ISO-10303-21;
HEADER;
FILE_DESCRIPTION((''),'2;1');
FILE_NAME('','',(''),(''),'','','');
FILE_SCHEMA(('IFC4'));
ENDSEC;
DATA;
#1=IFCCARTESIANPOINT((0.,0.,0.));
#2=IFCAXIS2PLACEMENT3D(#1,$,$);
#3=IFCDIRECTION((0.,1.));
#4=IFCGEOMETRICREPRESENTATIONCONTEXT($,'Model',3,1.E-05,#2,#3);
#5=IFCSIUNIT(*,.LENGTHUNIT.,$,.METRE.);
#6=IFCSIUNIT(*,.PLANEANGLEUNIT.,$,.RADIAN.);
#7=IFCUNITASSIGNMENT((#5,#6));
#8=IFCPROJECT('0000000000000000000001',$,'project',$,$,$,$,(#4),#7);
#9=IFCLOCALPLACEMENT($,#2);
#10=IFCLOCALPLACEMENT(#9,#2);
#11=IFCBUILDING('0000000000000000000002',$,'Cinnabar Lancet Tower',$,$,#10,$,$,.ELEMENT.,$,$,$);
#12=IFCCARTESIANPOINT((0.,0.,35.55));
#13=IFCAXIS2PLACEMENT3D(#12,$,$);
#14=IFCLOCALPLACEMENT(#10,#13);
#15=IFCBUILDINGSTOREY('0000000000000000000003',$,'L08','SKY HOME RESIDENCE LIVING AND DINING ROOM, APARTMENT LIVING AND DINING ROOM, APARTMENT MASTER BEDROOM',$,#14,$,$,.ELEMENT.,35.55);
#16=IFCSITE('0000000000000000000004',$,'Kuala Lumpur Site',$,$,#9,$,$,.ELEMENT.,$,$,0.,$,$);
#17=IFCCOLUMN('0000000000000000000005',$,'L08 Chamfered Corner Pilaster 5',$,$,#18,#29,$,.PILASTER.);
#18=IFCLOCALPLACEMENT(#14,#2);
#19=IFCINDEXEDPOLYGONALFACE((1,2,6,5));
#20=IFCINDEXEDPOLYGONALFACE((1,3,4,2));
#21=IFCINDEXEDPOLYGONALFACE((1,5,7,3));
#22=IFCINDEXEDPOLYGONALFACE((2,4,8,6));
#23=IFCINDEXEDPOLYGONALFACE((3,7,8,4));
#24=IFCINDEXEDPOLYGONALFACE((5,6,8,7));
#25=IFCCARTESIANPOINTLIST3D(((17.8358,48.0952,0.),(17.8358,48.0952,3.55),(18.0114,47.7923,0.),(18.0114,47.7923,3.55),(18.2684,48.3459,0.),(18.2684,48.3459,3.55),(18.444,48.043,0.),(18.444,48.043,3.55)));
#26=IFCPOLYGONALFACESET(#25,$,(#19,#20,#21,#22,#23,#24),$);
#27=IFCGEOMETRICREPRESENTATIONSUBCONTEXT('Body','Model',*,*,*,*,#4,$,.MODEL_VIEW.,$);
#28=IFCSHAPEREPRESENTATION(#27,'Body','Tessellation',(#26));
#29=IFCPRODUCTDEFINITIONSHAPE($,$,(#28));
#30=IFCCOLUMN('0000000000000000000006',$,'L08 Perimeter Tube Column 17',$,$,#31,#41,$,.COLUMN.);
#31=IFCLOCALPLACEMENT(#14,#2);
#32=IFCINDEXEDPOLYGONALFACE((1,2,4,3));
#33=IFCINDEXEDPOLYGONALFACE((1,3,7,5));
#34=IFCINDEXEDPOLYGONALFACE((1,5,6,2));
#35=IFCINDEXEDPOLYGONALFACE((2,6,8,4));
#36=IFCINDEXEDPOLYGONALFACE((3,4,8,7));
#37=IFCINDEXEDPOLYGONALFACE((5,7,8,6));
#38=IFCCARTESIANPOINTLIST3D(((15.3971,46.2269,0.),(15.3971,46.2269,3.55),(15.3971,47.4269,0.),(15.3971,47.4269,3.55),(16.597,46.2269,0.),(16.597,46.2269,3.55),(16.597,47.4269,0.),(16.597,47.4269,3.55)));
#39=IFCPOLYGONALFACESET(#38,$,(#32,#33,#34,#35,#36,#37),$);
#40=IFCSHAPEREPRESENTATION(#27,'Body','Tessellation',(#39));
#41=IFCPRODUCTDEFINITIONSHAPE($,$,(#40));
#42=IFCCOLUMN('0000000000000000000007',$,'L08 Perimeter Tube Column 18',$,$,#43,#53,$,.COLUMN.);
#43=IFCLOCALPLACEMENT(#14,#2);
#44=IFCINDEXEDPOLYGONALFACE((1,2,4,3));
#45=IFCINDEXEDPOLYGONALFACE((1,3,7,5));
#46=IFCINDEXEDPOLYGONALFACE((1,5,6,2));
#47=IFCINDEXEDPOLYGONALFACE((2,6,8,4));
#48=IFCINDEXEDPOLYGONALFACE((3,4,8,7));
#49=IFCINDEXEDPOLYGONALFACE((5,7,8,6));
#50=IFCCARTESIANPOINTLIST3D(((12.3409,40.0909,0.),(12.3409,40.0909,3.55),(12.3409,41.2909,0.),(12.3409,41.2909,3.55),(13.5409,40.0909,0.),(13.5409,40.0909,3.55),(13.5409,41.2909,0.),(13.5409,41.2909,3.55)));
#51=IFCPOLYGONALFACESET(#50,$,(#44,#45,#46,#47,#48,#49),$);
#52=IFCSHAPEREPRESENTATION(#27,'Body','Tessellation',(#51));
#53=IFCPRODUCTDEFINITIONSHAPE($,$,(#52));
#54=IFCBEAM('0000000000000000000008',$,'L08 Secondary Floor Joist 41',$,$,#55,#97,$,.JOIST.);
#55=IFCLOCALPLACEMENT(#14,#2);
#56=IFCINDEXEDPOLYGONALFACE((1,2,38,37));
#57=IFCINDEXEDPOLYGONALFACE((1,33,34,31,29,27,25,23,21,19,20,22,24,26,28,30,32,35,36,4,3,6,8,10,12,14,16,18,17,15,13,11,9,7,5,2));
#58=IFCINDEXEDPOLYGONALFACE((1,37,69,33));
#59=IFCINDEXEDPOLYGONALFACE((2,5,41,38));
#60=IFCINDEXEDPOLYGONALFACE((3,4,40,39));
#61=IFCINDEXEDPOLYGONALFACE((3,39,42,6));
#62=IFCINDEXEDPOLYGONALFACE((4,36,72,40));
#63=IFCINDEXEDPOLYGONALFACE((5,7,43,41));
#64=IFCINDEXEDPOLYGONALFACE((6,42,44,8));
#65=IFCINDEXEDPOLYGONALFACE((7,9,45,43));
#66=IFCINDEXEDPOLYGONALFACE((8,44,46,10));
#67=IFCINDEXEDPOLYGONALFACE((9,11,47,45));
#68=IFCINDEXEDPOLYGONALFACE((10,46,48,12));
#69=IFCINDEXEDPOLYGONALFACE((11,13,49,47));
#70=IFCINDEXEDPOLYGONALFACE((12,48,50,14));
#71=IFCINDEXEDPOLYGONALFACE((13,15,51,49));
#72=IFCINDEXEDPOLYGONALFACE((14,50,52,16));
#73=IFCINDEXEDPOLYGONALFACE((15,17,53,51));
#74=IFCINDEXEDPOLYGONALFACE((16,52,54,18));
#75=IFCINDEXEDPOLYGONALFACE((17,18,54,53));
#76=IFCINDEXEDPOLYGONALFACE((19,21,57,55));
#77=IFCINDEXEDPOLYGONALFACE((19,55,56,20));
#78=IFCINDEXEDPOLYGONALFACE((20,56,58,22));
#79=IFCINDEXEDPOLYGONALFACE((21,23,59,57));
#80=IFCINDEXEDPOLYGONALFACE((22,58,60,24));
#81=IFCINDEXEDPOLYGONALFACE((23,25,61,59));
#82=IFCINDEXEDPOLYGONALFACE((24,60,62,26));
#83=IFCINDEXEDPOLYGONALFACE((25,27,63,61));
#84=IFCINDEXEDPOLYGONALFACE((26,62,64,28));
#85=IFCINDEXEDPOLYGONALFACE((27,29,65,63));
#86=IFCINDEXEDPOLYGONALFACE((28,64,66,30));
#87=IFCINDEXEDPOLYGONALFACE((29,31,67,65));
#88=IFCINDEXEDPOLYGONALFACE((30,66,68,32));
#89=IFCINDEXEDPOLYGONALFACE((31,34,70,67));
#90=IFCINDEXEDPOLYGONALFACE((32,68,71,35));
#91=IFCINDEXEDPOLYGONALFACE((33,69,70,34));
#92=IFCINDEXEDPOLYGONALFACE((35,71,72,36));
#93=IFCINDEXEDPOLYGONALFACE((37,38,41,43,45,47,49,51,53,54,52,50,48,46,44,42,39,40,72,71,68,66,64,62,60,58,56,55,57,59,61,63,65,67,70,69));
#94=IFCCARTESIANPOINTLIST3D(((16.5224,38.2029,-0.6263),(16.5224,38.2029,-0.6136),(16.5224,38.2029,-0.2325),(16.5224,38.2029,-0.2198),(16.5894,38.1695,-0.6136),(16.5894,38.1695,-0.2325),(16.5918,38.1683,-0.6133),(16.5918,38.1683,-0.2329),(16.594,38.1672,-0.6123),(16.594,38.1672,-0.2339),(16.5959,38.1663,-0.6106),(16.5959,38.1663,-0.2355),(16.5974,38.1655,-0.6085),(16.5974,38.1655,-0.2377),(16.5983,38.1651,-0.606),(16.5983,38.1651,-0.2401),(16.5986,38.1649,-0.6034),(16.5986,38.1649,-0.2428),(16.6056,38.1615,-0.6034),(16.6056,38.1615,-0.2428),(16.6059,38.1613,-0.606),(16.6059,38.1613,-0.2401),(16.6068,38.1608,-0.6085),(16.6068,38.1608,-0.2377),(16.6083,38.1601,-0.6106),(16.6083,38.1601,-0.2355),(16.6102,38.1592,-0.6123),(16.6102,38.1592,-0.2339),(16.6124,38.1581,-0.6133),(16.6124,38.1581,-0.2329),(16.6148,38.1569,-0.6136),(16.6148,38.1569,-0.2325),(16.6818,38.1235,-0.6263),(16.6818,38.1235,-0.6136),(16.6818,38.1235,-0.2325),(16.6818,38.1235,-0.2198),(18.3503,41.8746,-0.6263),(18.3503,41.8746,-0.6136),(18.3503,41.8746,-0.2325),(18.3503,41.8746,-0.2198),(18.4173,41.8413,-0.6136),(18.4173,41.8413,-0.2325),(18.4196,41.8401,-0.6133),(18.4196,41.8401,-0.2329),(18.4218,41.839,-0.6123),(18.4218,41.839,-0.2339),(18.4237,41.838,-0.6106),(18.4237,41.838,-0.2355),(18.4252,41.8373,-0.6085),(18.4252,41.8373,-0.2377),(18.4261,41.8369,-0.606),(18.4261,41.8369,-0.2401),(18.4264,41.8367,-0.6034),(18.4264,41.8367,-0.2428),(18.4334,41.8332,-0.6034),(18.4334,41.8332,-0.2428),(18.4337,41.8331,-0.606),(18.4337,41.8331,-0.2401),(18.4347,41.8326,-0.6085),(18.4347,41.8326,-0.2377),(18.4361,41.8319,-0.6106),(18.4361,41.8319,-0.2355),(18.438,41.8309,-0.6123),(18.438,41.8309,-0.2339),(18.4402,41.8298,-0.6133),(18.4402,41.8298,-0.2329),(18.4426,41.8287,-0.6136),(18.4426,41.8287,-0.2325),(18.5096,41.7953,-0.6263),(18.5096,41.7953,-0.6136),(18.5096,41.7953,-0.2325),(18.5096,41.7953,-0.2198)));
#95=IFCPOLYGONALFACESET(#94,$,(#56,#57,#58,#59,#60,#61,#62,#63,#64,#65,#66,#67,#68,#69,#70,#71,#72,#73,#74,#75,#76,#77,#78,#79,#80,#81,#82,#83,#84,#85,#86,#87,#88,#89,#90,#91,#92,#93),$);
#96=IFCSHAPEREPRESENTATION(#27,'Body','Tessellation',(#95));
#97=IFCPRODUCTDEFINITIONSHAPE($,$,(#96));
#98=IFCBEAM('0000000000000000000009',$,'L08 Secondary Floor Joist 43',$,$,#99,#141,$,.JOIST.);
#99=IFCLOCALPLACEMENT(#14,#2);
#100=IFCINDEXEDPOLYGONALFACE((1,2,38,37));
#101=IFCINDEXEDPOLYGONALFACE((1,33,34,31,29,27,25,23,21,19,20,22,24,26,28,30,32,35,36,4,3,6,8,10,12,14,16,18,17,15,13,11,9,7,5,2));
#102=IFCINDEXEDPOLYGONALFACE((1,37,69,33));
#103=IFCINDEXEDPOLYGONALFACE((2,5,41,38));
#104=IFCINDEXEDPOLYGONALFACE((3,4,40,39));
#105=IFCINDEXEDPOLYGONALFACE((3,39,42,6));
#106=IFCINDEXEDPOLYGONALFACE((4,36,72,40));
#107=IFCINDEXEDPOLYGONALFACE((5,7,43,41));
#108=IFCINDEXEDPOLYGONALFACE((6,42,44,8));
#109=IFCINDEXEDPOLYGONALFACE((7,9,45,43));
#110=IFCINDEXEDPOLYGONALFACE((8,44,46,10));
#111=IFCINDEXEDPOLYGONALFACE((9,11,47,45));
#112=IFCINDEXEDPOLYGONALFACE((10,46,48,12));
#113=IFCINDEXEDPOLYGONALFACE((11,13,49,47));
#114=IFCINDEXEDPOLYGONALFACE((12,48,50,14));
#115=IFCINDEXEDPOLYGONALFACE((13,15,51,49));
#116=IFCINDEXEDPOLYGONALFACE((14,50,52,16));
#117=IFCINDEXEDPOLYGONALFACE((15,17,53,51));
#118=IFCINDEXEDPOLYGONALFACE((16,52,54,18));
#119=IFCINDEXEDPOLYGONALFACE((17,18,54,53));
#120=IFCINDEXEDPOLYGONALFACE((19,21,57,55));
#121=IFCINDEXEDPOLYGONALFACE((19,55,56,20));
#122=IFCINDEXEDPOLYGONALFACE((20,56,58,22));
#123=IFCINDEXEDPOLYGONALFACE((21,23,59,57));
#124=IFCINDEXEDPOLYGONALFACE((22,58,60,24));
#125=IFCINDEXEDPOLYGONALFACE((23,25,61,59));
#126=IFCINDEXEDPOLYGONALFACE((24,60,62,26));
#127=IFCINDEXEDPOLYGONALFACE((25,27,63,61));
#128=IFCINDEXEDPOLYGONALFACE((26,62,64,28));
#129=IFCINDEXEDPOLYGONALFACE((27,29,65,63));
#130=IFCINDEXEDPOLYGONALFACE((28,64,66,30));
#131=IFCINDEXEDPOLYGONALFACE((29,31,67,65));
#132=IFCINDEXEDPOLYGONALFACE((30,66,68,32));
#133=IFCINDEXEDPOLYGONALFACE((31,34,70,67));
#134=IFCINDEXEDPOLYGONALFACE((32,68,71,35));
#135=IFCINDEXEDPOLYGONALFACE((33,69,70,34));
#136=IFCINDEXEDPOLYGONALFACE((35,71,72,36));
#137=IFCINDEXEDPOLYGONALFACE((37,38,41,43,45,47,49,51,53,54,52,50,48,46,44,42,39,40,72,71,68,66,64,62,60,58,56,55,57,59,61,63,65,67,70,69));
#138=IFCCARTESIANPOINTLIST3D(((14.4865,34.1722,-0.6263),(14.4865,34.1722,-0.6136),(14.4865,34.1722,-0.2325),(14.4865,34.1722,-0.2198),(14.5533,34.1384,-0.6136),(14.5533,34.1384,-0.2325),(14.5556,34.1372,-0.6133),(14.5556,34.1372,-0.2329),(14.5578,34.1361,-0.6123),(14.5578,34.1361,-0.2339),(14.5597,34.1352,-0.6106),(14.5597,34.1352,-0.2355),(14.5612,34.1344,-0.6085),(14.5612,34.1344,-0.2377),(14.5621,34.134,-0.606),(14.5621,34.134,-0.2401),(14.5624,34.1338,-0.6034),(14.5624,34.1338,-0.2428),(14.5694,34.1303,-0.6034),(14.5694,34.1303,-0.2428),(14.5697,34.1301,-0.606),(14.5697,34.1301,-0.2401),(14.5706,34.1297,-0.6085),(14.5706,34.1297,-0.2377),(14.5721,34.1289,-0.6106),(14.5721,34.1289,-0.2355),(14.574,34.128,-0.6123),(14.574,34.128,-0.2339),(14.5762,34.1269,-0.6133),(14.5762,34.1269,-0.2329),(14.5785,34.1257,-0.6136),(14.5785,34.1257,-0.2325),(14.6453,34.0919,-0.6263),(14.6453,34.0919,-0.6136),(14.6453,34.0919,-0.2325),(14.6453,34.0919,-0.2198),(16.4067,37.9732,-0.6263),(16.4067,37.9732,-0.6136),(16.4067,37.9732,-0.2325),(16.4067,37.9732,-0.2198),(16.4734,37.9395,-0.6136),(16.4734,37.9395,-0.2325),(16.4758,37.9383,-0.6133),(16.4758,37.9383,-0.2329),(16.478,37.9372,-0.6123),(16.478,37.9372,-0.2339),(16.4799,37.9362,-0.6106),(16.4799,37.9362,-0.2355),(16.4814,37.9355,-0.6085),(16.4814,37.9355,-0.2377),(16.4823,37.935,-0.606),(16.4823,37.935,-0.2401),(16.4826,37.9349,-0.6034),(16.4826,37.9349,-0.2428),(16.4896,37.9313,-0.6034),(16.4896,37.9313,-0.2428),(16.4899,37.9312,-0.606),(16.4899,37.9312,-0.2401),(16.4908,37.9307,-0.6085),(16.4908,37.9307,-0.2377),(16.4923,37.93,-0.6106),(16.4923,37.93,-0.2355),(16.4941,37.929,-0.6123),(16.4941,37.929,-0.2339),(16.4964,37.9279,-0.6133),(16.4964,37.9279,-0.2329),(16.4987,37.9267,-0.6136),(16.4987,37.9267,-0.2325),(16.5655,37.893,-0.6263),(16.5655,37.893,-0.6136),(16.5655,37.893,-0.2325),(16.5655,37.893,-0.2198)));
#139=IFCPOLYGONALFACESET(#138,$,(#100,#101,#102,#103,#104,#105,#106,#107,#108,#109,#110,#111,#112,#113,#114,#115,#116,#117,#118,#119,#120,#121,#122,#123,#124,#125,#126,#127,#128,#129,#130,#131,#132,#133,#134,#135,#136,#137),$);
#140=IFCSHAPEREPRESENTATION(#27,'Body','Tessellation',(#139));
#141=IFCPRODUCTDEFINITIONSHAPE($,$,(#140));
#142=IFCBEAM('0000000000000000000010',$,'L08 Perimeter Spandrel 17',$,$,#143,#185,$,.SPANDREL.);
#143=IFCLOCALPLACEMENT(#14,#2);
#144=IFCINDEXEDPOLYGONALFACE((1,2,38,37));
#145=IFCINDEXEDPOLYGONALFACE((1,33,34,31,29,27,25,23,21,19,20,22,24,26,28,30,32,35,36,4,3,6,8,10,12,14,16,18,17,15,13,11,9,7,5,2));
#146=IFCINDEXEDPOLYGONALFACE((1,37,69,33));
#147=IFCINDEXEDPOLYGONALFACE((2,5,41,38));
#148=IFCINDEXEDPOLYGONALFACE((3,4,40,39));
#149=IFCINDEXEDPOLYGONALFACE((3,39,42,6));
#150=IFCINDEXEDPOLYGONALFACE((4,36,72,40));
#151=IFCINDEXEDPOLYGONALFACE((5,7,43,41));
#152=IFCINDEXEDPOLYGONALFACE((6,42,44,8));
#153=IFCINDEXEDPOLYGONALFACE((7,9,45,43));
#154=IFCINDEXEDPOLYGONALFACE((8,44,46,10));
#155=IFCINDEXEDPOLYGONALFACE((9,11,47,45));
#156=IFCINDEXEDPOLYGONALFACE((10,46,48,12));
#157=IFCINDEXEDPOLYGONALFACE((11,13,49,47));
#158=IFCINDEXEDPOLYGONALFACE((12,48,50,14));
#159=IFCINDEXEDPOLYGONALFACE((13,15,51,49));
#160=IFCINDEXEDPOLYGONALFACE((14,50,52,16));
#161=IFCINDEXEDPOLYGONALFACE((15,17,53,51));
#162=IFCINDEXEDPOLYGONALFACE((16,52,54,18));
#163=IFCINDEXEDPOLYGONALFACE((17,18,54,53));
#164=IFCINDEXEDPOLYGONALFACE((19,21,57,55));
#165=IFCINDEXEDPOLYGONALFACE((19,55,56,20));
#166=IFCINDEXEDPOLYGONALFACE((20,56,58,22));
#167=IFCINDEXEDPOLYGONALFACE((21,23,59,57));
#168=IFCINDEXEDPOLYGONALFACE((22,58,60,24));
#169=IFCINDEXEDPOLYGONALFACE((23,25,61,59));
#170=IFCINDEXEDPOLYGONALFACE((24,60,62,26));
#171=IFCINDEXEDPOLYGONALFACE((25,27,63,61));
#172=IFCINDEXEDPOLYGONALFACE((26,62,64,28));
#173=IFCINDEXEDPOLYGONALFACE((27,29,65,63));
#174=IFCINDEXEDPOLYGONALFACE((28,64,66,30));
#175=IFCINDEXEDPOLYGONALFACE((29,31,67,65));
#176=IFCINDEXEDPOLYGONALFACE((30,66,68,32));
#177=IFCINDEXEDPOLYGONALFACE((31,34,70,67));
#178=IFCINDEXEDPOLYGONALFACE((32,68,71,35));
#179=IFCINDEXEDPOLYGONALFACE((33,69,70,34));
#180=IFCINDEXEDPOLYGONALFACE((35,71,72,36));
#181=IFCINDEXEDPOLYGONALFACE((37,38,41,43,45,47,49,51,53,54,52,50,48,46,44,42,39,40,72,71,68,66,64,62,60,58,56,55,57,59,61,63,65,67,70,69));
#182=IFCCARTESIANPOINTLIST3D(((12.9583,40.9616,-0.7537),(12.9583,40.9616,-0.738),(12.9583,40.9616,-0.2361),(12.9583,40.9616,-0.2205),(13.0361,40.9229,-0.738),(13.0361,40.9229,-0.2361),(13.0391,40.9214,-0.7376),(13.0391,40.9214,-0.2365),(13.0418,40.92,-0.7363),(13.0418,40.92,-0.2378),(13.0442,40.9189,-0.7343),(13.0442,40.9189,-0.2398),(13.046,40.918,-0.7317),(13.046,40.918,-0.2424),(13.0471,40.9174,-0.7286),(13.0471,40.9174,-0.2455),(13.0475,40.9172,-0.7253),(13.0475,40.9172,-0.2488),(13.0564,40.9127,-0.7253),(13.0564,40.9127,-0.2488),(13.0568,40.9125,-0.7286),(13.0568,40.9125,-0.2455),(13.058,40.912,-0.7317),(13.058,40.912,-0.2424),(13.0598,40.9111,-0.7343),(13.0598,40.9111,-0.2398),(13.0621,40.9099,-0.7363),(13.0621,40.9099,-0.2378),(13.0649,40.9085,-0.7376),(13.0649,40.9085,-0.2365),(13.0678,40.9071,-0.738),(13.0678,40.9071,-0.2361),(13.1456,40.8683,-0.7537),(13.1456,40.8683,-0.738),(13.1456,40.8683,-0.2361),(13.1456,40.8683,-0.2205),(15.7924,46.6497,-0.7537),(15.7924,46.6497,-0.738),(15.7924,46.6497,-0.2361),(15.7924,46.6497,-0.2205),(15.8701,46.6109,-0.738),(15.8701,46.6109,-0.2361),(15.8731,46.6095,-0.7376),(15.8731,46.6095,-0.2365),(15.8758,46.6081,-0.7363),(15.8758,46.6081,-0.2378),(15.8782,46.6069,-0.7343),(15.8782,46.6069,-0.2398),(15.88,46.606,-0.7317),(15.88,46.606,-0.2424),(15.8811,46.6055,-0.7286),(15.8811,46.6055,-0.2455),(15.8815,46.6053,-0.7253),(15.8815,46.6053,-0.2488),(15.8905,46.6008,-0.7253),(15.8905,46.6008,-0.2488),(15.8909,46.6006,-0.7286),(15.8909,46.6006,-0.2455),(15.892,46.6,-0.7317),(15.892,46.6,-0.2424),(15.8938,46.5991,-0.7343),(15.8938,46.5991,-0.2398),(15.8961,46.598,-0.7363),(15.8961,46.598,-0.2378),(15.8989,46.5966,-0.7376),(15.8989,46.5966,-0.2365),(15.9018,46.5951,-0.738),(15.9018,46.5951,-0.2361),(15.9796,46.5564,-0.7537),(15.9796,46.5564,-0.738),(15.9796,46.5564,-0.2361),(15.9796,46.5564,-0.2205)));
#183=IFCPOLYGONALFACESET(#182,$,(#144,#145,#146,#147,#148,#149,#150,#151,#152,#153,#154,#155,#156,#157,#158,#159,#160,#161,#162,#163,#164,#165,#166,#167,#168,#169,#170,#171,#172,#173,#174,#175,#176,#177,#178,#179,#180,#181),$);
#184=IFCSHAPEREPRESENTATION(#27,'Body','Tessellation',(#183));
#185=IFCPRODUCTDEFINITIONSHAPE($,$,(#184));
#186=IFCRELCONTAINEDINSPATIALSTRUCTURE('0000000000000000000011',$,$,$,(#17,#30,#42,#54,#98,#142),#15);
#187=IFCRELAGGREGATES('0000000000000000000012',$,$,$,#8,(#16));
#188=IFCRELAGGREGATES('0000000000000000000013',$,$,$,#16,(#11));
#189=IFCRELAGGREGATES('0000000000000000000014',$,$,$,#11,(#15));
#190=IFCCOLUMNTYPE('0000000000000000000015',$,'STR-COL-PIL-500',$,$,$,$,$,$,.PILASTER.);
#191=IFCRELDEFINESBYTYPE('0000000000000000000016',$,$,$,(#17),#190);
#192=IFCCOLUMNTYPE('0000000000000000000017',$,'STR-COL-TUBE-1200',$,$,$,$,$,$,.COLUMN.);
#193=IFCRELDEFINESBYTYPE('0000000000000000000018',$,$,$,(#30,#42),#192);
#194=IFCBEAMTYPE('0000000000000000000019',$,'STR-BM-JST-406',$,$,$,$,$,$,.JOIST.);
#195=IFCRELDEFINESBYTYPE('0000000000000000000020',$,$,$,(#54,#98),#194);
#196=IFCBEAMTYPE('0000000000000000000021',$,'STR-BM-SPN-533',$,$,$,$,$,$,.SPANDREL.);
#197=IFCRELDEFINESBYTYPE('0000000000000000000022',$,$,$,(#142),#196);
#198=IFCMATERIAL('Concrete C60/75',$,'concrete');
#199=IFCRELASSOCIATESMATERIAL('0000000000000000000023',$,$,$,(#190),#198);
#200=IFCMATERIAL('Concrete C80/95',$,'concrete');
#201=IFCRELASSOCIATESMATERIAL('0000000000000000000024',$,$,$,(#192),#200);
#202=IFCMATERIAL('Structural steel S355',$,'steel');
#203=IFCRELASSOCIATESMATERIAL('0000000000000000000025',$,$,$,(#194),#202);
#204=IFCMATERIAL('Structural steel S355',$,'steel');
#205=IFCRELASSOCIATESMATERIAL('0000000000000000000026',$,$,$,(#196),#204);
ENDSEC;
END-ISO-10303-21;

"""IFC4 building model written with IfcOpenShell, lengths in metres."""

from ifc_helpers import new_model, si_unit, direction, frame, origin, origin_2d, place, context, subcontext, project, spatial, rectangle, i_section, extrude, material, material_profile, profile_set, type_object, element, save


model = new_model("IFC4")

# Units and contexts
model_context = context("Model", 3, precision=1e-05, world=origin(), true_north=direction((0.0, 1.0)))
body_context = subcontext(model_context, "Body", "Model", "MODEL_VIEW")
ifc_project = project(units=[si_unit("LENGTHUNIT", "METRE"), si_unit("PLANEANGLEUNIT", "RADIAN")], contexts=[model_context])

# Site, building, storey
site_placement = place(None, origin())
site = spatial("IfcSite", under=ifc_project, at=site_placement, Name="Kuala Lumpur Site", CompositionType="ELEMENT", RefElevation=0.0)
building_placement = place(site_placement, origin())
building = spatial("IfcBuilding", under=site, at=building_placement, Name="Cinnabar Lancet Tower", CompositionType="ELEMENT")
storey_placement = place(building_placement, frame((0.0, 0.0, 35.55)))
storey = spatial("IfcBuildingStorey", under=building, at=storey_placement, Name="L08", Description="SKY HOME RESIDENCE LIVING AND DINING ROOM, APARTMENT LIVING AND DINING ROOM, APARTMENT MASTER BEDROOM", CompositionType="ELEMENT", Elevation=35.55)

# Columns
ifc_material_1 = material(Name="Concrete C60/75", Category="concrete")
ifc_material_profile_1 = material_profile(ifc_material_1, rectangle(XDim=0.5, YDim=0.3501, at=origin_2d()), Name="RC-PIL 500x350")
ifc_profile_set_1 = profile_set([ifc_material_profile_1], Name="Concrete C60/75")
column_type_1 = type_object("IfcColumnType", Name="STR-COL-PIL-500", PredefinedType="PILASTER", material=ifc_profile_set_1)
column_placement = place(storey_placement, frame((18.1399, 48.0691, 0.0), z_axis=(0.0, 0.0, 1.0), x_axis=(-0.865195, -0.501435, 0.0)))
element("IfcColumn", 1, at=column_placement, inside=storey, type_object=column_type_1, Name="L08 Chamfered Corner Pilaster 5", PredefinedType="PILASTER", context=body_context, shape_type="SweptSolid", body=[
    extrude(rectangle(XDim=0.5, YDim=0.3501, at=origin_2d()), origin(), (0.0, 0.0, 1.0), 3.55),
])
ifc_material_2 = material(Name="Concrete C80/95", Category="concrete")
ifc_material_profile_2 = material_profile(ifc_material_2, rectangle(XDim=1.2, YDim=1.2, at=origin_2d()), Name="RC-COL 1200x1200")
ifc_profile_set_2 = profile_set([ifc_material_profile_2], Name="Concrete C80/95")
column_type_2 = type_object("IfcColumnType", Name="STR-COL-TUBE-1200", PredefinedType="COLUMN", material=ifc_profile_set_2)
for number, where, z_axis, x_axis, name in (
    (2, (15.9971, 46.8269, 0.0), (0.0, 0.0, 1.0), (1.0, 0.0, 0.0), "L08 Perimeter Tube Column 17"),
    (3, (12.9409, 40.6909, 0.0), (0.0, 0.0, 1.0), (1.0, 0.0, 0.0), "L08 Perimeter Tube Column 18"),
):
    element("IfcColumn", number, at=place(storey_placement, frame(where, z_axis=z_axis, x_axis=x_axis)), inside=storey, type_object=column_type_2, Name=name, PredefinedType="COLUMN", context=body_context, shape_type="SweptSolid", body=[
        extrude(rectangle(XDim=1.2, YDim=1.2, at=origin_2d()), origin(), (0.0, 0.0, 1.0), 3.55),
    ])

# Beams
ifc_material_3 = material(Name="Structural steel S355", Category="steel")
ifc_material_profile_3 = material_profile(ifc_material_3, i_section(OverallWidth=0.178, OverallDepth=0.4065, WebThickness=0.0078, FlangeThickness=0.0127, FilletRadius=0.0103, at=origin_2d()), Name="UKB 406x178x60")
ifc_profile_set_3 = profile_set([ifc_material_profile_3], Name="Structural steel S355")
beam_type_1 = type_object("IfcBeamType", Name="STR-BM-JST-406", PredefinedType="JOIST", material=ifc_profile_set_3)
beam_1_placement = place(storey_placement, frame((18.4299, 41.835, -0.4231), z_axis=(-0.445642, -0.895212, 0.0), x_axis=(0.895212, -0.445642, 0.0)))
element("IfcBeam", 4, at=beam_1_placement, inside=storey, type_object=beam_type_1, Name="L08 Secondary Floor Joist 41", PredefinedType="JOIST", context=body_context, shape_type="SweptSolid", body=[
    extrude(i_section(OverallWidth=0.178, OverallDepth=0.4065, WebThickness=0.0078, FlangeThickness=0.0127, FilletRadius=0.0103, at=origin_2d()), origin(), (0.0, 0.0, 1.0), 4.1016),
])
beam_2_placement = place(storey_placement, frame((16.4861, 37.9331, -0.4231), z_axis=(-0.450902, -0.892574, 0.0), x_axis=(0.892574, -0.450902, 0.0)))
element("IfcBeam", 5, at=beam_2_placement, inside=storey, type_object=beam_type_1, Name="L08 Secondary Floor Joist 43", PredefinedType="JOIST", context=body_context, shape_type="SweptSolid", body=[
    extrude(i_section(OverallWidth=0.178, OverallDepth=0.4065, WebThickness=0.0078, FlangeThickness=0.0127, FilletRadius=0.0103, at=origin_2d()), origin(), (0.0, 0.0, 1.0), 4.2585),
])
ifc_material_4 = material(Name="Structural steel S355", Category="steel")
ifc_material_profile_4 = material_profile(ifc_material_4, i_section(OverallWidth=0.2092, OverallDepth=0.5332, WebThickness=0.01, FlangeThickness=0.0156, FilletRadius=0.0127, at=origin_2d()), Name="UKB 533x210x92")
ifc_profile_set_4 = profile_set([ifc_material_profile_4], Name="Structural steel S355")
beam_type_2 = type_object("IfcBeamType", Name="STR-BM-SPN-533", PredefinedType="SPANDREL", material=ifc_profile_set_4)
beam_3_placement = place(storey_placement, frame((15.886, 46.603, -0.4871), z_axis=(-0.445953, -0.895056, 0.0), x_axis=(0.895056, -0.445953, 0.0)))
element("IfcBeam", 6, at=beam_3_placement, inside=storey, type_object=beam_type_2, Name="L08 Perimeter Spandrel 17", PredefinedType="SPANDREL", context=body_context, shape_type="SweptSolid", body=[
    extrude(i_section(OverallWidth=0.2092, OverallDepth=0.5332, WebThickness=0.01, FlangeThickness=0.0156, FilletRadius=0.0127, at=origin_2d()), origin(), (0.0, 0.0, 1.0), 6.355),
])

save(model, "model.ifc")
